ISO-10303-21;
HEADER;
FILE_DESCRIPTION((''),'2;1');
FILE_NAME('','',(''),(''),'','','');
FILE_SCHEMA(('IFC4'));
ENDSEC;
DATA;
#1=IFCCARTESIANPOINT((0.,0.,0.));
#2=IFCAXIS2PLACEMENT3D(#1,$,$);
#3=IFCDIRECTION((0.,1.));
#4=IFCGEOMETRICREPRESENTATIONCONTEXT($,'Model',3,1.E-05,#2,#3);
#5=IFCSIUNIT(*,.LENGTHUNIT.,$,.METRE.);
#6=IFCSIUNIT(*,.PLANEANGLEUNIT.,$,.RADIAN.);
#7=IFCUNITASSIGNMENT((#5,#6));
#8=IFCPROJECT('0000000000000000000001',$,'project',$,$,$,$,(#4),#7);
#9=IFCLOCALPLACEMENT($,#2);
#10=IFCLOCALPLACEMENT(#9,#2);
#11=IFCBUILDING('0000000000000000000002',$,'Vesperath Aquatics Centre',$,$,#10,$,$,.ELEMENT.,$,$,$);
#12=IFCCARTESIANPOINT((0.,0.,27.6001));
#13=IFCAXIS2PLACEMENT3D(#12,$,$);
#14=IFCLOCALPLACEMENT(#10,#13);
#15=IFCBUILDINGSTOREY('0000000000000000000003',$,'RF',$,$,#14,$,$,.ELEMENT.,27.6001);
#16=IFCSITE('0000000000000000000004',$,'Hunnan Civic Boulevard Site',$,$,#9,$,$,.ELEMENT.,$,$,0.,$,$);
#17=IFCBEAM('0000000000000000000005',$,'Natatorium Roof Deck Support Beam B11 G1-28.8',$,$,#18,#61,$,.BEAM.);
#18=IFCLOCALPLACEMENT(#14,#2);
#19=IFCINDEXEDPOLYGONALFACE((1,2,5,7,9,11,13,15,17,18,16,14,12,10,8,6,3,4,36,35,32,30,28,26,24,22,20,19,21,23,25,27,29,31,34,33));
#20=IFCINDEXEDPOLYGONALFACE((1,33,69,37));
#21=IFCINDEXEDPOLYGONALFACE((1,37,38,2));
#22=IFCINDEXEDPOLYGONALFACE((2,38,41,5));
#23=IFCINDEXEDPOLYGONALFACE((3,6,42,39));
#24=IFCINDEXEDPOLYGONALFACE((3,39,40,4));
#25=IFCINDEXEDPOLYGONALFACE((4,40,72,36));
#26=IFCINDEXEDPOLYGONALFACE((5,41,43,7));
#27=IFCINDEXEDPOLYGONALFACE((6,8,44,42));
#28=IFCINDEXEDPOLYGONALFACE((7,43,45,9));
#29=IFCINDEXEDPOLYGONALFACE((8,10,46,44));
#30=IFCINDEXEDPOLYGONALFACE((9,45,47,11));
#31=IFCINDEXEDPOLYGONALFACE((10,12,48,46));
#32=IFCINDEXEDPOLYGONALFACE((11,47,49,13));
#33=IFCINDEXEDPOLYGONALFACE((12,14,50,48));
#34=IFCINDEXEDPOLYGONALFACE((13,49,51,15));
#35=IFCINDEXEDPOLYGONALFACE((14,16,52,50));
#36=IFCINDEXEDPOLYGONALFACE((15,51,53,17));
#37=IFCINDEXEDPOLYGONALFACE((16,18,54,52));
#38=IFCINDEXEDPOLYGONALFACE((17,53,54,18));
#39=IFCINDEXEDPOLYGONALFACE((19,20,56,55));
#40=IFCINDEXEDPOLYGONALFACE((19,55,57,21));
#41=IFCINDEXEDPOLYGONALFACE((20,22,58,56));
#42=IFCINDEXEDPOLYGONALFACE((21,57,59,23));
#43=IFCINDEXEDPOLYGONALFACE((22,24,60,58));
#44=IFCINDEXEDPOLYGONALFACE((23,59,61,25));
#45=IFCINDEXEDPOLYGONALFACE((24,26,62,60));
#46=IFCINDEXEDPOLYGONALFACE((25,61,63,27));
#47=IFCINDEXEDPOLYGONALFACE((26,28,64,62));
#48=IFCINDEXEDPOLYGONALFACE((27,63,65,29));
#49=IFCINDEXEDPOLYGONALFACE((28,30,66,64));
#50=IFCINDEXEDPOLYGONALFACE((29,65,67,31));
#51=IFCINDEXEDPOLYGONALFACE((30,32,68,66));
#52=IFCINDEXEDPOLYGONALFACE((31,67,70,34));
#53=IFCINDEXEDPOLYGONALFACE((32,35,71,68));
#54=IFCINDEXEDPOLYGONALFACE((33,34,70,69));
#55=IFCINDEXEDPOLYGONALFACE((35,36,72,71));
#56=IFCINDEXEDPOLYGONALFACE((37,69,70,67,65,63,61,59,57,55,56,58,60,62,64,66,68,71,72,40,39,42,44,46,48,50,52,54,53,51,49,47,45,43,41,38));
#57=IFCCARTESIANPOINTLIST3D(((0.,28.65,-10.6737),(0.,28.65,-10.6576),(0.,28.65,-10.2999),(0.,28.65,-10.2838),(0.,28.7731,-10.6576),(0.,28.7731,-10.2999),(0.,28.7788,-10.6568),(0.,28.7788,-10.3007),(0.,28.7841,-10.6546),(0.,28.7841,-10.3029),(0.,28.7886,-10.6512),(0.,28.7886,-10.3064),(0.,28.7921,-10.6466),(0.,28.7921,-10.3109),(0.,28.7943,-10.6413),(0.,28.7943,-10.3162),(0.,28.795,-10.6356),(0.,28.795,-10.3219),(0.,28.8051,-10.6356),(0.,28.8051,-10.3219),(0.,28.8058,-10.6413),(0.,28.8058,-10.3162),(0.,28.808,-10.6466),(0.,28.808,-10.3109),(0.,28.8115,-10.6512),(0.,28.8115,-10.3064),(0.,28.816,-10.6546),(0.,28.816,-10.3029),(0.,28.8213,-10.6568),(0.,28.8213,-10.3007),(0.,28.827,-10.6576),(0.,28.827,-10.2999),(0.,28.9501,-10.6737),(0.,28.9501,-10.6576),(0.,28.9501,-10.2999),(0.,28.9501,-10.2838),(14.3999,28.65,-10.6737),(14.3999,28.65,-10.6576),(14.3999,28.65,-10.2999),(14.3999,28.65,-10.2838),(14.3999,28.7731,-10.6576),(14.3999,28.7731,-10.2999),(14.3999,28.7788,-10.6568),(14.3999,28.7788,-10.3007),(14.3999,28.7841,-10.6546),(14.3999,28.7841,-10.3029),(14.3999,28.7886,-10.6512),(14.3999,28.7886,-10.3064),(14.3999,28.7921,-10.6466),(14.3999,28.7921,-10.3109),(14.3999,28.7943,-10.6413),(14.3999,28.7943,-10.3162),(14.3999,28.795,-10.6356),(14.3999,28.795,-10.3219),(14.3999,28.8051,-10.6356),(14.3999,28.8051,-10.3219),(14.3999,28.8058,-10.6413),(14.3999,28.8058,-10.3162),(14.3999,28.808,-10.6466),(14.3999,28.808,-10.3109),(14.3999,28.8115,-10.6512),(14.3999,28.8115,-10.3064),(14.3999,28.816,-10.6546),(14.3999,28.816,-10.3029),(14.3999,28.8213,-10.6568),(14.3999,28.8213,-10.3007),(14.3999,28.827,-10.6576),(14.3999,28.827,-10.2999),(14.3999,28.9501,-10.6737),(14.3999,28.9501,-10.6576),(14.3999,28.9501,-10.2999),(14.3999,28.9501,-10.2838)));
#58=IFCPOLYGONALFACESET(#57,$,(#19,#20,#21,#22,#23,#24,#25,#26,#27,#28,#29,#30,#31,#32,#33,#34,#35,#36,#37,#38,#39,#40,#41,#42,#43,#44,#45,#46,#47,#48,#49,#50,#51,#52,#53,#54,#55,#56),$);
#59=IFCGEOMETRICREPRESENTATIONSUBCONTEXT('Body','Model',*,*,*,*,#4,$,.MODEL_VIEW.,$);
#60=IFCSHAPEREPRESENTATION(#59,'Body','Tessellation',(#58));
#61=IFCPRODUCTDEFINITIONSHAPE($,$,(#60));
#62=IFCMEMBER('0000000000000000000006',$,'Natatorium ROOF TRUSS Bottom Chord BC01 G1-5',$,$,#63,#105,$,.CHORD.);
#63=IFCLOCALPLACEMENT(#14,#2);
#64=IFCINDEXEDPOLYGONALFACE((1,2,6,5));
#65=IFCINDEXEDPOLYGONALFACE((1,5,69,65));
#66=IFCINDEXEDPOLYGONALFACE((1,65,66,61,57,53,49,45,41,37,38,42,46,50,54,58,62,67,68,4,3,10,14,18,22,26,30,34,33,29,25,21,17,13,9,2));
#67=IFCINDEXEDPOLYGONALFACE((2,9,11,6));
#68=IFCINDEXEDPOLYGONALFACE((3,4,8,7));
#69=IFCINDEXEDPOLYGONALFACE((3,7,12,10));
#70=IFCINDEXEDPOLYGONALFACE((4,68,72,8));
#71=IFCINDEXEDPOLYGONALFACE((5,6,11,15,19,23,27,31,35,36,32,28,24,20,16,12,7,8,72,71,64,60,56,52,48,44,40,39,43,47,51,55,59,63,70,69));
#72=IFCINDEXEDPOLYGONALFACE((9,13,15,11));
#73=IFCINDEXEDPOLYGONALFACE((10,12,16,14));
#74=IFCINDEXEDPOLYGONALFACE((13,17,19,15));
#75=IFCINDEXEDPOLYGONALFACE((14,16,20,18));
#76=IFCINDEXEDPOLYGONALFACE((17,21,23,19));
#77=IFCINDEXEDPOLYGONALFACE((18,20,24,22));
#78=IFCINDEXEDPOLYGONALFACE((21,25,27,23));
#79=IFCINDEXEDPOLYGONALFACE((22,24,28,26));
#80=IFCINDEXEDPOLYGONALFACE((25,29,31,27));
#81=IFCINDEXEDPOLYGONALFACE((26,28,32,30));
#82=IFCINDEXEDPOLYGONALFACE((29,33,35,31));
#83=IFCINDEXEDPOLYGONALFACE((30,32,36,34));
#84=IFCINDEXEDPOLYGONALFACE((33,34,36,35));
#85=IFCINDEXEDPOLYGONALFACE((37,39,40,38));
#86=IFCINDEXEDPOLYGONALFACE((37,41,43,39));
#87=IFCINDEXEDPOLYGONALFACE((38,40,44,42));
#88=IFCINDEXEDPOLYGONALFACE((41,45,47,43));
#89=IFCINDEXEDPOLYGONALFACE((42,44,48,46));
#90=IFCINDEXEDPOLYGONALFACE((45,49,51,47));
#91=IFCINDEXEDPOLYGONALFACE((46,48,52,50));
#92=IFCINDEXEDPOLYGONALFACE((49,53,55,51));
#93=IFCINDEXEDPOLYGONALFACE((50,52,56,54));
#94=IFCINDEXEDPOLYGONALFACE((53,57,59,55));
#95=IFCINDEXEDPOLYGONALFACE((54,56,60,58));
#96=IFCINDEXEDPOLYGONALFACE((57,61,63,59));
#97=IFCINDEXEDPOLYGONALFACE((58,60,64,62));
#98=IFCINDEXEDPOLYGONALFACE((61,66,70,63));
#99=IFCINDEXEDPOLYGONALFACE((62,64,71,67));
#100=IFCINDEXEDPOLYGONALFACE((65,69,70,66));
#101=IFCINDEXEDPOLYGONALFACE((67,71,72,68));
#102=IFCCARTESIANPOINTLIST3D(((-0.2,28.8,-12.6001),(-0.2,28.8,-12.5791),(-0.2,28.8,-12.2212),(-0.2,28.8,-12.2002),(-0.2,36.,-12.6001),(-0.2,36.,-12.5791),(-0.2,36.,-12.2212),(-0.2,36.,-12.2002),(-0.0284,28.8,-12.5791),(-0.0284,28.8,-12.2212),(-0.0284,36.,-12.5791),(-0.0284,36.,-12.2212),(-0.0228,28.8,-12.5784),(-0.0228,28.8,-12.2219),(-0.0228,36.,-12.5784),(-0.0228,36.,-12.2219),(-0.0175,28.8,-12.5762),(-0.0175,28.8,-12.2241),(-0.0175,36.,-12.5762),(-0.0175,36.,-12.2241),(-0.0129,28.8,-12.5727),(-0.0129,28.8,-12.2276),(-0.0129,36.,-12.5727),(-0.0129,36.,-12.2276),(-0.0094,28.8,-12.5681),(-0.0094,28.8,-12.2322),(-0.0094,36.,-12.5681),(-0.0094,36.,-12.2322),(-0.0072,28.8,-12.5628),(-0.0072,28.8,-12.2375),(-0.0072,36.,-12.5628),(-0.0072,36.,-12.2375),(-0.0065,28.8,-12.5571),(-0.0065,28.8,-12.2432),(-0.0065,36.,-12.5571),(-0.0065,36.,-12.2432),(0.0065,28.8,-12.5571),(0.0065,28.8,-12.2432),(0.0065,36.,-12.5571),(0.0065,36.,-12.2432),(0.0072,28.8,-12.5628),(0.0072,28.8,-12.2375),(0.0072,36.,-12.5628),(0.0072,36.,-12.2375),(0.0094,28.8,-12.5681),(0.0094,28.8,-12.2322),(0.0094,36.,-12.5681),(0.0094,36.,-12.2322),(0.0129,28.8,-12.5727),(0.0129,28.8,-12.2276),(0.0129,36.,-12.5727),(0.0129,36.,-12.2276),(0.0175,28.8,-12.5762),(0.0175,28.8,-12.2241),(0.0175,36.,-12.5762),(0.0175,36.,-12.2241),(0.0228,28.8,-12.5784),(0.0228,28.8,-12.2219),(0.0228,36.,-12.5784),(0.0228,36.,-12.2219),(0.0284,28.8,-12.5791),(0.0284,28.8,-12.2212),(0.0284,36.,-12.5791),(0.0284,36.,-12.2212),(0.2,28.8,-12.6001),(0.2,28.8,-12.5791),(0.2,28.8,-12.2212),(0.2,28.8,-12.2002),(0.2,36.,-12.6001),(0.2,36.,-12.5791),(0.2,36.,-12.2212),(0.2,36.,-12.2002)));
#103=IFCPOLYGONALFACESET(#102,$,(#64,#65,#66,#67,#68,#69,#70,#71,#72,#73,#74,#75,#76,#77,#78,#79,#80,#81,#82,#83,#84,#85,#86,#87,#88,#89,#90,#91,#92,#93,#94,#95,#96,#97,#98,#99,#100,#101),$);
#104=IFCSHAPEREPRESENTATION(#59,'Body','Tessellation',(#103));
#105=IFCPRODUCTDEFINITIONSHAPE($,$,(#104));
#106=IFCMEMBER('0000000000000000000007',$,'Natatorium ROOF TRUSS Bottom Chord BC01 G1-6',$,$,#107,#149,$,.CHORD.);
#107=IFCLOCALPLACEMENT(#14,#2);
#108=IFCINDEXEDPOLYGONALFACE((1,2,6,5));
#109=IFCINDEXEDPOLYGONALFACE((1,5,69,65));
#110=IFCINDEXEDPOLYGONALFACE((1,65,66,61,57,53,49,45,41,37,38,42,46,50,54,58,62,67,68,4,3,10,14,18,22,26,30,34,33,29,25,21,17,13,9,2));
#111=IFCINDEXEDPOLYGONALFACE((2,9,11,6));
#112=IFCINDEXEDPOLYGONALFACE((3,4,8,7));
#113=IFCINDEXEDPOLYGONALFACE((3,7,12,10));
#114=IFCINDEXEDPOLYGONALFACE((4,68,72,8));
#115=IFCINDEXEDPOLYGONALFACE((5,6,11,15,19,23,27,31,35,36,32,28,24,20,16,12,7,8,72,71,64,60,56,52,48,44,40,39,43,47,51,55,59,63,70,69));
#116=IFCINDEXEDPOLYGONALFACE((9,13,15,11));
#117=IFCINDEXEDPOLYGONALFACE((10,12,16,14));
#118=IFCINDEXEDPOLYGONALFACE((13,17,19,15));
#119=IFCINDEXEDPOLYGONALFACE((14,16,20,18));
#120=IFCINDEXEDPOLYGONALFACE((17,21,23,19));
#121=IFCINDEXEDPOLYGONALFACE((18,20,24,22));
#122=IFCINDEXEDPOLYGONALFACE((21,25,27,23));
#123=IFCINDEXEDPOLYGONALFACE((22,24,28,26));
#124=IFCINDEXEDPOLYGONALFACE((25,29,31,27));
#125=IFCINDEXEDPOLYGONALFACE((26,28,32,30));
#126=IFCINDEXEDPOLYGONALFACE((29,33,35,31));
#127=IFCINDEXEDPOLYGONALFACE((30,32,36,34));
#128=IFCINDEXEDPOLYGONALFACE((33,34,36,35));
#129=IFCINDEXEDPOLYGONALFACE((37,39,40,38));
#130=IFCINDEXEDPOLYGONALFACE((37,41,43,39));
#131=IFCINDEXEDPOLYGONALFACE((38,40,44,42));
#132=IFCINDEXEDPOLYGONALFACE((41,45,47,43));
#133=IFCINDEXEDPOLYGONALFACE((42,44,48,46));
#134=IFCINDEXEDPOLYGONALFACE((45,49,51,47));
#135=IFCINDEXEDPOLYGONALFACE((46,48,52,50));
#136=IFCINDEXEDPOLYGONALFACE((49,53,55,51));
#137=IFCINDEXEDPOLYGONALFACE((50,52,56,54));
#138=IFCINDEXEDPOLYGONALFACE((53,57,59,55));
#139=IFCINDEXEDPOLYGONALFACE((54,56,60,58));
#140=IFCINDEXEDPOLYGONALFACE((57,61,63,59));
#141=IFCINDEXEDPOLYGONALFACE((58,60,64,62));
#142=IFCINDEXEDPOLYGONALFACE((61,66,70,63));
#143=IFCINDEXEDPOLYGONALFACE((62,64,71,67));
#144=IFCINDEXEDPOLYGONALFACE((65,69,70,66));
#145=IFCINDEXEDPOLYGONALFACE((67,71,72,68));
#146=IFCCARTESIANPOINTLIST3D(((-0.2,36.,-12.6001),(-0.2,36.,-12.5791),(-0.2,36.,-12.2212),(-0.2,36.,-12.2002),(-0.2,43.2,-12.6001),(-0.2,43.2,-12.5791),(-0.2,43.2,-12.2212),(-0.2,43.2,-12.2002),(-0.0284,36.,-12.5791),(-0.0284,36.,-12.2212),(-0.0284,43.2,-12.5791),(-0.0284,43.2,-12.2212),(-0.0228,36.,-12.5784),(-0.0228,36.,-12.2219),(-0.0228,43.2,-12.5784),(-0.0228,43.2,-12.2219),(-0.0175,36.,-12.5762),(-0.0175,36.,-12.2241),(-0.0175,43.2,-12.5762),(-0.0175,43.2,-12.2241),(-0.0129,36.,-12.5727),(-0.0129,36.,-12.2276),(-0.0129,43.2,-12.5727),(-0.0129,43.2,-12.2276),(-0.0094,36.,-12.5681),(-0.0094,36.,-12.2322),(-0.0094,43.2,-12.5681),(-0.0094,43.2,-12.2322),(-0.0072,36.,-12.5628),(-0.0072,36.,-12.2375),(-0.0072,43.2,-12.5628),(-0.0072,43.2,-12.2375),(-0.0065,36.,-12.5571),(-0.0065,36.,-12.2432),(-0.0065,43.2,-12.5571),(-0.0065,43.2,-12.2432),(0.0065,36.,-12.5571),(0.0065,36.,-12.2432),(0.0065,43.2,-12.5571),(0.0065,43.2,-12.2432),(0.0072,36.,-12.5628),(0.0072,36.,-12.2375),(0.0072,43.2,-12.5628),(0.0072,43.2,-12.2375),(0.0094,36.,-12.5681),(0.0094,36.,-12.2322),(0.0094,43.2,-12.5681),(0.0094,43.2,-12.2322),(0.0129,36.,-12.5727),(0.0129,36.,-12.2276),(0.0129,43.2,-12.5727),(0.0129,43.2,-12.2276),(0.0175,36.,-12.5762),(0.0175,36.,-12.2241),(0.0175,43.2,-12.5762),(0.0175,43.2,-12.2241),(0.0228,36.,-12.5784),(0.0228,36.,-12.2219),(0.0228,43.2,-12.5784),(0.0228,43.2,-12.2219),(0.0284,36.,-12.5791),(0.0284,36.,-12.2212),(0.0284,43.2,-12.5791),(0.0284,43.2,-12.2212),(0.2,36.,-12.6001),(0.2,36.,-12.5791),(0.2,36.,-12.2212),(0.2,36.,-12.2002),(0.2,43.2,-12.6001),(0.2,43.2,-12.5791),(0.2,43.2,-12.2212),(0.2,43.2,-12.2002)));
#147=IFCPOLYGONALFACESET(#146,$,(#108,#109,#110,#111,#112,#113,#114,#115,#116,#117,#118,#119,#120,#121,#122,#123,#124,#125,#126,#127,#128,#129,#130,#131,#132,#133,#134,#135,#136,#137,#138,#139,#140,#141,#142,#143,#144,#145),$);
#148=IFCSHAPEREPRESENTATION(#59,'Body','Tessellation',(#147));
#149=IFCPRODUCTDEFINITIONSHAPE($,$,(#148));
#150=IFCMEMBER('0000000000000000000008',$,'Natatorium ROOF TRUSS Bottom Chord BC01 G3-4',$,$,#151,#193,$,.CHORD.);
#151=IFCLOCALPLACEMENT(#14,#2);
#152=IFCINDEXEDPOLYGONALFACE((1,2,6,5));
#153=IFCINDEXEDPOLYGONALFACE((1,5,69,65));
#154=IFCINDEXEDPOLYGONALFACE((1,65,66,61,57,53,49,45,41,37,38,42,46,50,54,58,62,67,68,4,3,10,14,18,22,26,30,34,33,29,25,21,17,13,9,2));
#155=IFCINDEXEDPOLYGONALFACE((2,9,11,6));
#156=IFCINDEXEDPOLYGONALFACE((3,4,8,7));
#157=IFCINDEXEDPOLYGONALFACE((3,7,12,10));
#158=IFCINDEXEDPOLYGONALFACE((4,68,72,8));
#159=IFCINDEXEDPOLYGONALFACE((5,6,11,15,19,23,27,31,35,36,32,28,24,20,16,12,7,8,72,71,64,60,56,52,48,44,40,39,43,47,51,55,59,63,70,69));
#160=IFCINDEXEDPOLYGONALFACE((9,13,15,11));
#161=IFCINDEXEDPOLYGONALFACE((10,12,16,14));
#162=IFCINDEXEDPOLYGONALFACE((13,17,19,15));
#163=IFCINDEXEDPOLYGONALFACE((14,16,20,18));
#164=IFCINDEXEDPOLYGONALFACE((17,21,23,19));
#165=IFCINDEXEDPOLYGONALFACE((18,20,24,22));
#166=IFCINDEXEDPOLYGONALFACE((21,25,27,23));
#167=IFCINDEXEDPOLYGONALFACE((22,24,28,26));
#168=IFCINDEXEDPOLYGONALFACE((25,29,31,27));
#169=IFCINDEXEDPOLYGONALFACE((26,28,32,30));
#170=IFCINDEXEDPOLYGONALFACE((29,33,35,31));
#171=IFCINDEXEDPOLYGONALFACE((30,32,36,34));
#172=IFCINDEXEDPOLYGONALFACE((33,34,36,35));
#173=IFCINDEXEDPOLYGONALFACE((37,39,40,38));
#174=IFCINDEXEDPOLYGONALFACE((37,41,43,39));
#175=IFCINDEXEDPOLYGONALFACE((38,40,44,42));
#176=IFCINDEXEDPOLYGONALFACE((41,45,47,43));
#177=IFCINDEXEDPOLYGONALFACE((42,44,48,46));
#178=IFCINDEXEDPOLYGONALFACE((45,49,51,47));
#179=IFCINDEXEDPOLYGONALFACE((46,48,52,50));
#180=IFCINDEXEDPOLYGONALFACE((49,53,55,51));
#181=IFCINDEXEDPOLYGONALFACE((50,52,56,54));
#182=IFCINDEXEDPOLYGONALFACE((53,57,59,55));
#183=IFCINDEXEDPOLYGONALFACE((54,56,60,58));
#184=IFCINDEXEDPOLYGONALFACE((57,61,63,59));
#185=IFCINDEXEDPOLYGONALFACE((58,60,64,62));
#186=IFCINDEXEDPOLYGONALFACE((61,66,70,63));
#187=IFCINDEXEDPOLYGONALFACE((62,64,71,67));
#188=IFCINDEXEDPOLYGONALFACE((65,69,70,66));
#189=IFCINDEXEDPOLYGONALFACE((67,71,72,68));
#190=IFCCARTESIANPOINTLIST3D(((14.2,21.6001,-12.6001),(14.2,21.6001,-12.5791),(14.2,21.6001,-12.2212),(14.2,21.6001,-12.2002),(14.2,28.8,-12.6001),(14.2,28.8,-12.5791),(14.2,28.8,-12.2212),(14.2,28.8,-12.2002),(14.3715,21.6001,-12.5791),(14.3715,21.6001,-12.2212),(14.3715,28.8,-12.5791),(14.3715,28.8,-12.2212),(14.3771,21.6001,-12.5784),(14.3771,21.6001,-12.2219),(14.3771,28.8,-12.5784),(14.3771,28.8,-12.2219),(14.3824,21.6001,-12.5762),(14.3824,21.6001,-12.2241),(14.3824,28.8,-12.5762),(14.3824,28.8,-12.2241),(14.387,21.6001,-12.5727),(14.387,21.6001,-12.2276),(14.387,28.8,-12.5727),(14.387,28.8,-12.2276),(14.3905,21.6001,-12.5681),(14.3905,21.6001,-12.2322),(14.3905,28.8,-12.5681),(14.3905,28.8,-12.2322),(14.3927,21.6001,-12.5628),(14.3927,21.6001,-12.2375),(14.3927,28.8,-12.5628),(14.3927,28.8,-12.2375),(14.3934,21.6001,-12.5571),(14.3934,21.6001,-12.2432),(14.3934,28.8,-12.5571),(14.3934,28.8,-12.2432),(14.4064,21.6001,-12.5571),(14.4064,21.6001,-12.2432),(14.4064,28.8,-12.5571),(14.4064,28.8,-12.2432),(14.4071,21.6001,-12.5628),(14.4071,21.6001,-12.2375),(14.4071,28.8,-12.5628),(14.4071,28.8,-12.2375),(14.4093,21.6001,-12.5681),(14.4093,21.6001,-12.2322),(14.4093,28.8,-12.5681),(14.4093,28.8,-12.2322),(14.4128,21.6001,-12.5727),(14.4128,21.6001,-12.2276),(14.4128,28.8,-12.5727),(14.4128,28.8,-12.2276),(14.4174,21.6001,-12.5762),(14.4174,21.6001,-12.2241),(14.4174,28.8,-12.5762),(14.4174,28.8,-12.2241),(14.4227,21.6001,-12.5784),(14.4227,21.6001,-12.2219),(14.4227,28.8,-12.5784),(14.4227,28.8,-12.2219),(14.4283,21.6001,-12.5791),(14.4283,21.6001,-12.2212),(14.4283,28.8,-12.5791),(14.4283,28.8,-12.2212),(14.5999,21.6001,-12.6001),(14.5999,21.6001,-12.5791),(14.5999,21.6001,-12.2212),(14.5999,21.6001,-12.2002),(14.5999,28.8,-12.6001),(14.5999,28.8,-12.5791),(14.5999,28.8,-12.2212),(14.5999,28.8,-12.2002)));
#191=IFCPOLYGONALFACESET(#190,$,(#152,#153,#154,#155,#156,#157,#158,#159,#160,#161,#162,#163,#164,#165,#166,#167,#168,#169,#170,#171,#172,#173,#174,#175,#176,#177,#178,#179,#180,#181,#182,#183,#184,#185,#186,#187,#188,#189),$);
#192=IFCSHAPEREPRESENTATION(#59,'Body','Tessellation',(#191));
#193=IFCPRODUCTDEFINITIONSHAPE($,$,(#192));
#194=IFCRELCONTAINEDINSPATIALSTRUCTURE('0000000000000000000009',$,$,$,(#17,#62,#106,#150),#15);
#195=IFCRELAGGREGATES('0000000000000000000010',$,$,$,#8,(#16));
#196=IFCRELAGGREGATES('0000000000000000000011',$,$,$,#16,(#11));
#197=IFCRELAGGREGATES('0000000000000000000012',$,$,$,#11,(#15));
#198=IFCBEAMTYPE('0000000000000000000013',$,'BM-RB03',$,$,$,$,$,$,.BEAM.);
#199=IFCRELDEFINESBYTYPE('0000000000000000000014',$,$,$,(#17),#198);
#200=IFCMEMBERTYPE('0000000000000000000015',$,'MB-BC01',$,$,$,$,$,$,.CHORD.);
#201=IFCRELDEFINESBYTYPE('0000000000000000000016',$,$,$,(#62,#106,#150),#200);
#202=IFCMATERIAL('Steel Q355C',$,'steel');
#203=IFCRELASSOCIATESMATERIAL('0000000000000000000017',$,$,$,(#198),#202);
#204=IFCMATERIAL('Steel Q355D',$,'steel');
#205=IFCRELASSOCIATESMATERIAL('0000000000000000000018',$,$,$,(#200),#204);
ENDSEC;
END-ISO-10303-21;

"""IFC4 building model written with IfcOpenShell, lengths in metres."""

from ifc_helpers import new_model, si_unit, direction, frame, origin, origin_2d, place, context, subcontext, project, spatial, i_section, extrude, material, material_profile, profile_set, type_object, element, save


model = new_model("IFC4")

# Units and contexts
model_context = context("Model", 3, precision=1e-05, world=origin(), true_north=direction((0.0, 1.0)))
body_context = subcontext(model_context, "Body", "Model", "MODEL_VIEW")
ifc_project = project(units=[si_unit("LENGTHUNIT", "METRE"), si_unit("PLANEANGLEUNIT", "RADIAN")], contexts=[model_context])

# Site, building, storey
site_placement = place(None, origin())
site = spatial("IfcSite", under=ifc_project, at=site_placement, Name="Hunnan Civic Boulevard Site", CompositionType="ELEMENT", RefElevation=0.0)
building_placement = place(site_placement, origin())
building = spatial("IfcBuilding", under=site, at=building_placement, Name="Vesperath Aquatics Centre", CompositionType="ELEMENT")
storey_placement = place(building_placement, frame((0.0, 0.0, 27.6001)))
storey = spatial("IfcBuildingStorey", under=building, at=storey_placement, Name="RF", CompositionType="ELEMENT", Elevation=27.6001)

# Beam
ifc_material_1 = material(Name="Steel Q355C", Category="steel")
ifc_material_profile_1 = material_profile(ifc_material_1, i_section(OverallWidth=0.3, OverallDepth=0.3899, WebThickness=0.01, FlangeThickness=0.0161, FilletRadius=0.022, at=origin_2d()), Name="HM 390x300x10x16")
ifc_profile_set_1 = profile_set([ifc_material_profile_1], Name="Steel Q355C")
beam_type = type_object("IfcBeamType", Name="BM-RB03", PredefinedType="BEAM", material=ifc_profile_set_1)
beam_placement = place(storey_placement, frame((0.0, 28.8, -10.4788), z_axis=(1.0, 0.0, 0.0), x_axis=(0.0, 1.0, 0.0)))
element("IfcBeam", 1, at=beam_placement, inside=storey, type_object=beam_type, Name="Natatorium Roof Deck Support Beam B11 G1-28.8", PredefinedType="BEAM", context=body_context, shape_type="SweptSolid", body=[
    extrude(i_section(OverallWidth=0.3, OverallDepth=0.3899, WebThickness=0.01, FlangeThickness=0.0161, FilletRadius=0.022, at=origin_2d()), origin(), (0.0, 0.0, 1.0), 14.3999),
])

# Members
ifc_material_2 = material(Name="Steel Q355D", Category="steel")
ifc_material_profile_2 = material_profile(ifc_material_2, i_section(OverallWidth=0.3999, OverallDepth=0.3999, WebThickness=0.0129, FlangeThickness=0.021, FilletRadius=0.022, at=origin_2d()), Name="HW 400x400x13x21")
ifc_profile_set_2 = profile_set([ifc_material_profile_2], Name="Steel Q355D")
member_type_1 = type_object("IfcMemberType", Name="MB-BC01", PredefinedType="CHORD", material=ifc_profile_set_2)
for number, where, z_axis, x_axis, name in (
    (2, (0.0, 28.8, -12.4001), (0.0, 1.0, 0.0), (-1.0, 0.0, 0.0), "Natatorium ROOF TRUSS Bottom Chord BC01 G1-5"),
    (3, (0.0, 36.0, -12.4001), (0.0, 1.0, 0.0), (-1.0, 0.0, 0.0), "Natatorium ROOF TRUSS Bottom Chord BC01 G1-6"),
    (4, (14.3999, 21.6001, -12.4001), (0.0, 1.0, 0.0), (-1.0, 0.0, 0.0), "Natatorium ROOF TRUSS Bottom Chord BC01 G3-4"),
):
    element("IfcMember", number, at=place(storey_placement, frame(where, z_axis=z_axis, x_axis=x_axis)), inside=storey, type_object=member_type_1, Name=name, PredefinedType="CHORD", context=body_context, shape_type="SweptSolid", body=[
        extrude(i_section(OverallWidth=0.3999, OverallDepth=0.3999, WebThickness=0.0129, FlangeThickness=0.021, FilletRadius=0.022, at=origin_2d()), origin(), (0.0, 0.0, 1.0), 7.2),
    ])

save(model, "model.ifc")
